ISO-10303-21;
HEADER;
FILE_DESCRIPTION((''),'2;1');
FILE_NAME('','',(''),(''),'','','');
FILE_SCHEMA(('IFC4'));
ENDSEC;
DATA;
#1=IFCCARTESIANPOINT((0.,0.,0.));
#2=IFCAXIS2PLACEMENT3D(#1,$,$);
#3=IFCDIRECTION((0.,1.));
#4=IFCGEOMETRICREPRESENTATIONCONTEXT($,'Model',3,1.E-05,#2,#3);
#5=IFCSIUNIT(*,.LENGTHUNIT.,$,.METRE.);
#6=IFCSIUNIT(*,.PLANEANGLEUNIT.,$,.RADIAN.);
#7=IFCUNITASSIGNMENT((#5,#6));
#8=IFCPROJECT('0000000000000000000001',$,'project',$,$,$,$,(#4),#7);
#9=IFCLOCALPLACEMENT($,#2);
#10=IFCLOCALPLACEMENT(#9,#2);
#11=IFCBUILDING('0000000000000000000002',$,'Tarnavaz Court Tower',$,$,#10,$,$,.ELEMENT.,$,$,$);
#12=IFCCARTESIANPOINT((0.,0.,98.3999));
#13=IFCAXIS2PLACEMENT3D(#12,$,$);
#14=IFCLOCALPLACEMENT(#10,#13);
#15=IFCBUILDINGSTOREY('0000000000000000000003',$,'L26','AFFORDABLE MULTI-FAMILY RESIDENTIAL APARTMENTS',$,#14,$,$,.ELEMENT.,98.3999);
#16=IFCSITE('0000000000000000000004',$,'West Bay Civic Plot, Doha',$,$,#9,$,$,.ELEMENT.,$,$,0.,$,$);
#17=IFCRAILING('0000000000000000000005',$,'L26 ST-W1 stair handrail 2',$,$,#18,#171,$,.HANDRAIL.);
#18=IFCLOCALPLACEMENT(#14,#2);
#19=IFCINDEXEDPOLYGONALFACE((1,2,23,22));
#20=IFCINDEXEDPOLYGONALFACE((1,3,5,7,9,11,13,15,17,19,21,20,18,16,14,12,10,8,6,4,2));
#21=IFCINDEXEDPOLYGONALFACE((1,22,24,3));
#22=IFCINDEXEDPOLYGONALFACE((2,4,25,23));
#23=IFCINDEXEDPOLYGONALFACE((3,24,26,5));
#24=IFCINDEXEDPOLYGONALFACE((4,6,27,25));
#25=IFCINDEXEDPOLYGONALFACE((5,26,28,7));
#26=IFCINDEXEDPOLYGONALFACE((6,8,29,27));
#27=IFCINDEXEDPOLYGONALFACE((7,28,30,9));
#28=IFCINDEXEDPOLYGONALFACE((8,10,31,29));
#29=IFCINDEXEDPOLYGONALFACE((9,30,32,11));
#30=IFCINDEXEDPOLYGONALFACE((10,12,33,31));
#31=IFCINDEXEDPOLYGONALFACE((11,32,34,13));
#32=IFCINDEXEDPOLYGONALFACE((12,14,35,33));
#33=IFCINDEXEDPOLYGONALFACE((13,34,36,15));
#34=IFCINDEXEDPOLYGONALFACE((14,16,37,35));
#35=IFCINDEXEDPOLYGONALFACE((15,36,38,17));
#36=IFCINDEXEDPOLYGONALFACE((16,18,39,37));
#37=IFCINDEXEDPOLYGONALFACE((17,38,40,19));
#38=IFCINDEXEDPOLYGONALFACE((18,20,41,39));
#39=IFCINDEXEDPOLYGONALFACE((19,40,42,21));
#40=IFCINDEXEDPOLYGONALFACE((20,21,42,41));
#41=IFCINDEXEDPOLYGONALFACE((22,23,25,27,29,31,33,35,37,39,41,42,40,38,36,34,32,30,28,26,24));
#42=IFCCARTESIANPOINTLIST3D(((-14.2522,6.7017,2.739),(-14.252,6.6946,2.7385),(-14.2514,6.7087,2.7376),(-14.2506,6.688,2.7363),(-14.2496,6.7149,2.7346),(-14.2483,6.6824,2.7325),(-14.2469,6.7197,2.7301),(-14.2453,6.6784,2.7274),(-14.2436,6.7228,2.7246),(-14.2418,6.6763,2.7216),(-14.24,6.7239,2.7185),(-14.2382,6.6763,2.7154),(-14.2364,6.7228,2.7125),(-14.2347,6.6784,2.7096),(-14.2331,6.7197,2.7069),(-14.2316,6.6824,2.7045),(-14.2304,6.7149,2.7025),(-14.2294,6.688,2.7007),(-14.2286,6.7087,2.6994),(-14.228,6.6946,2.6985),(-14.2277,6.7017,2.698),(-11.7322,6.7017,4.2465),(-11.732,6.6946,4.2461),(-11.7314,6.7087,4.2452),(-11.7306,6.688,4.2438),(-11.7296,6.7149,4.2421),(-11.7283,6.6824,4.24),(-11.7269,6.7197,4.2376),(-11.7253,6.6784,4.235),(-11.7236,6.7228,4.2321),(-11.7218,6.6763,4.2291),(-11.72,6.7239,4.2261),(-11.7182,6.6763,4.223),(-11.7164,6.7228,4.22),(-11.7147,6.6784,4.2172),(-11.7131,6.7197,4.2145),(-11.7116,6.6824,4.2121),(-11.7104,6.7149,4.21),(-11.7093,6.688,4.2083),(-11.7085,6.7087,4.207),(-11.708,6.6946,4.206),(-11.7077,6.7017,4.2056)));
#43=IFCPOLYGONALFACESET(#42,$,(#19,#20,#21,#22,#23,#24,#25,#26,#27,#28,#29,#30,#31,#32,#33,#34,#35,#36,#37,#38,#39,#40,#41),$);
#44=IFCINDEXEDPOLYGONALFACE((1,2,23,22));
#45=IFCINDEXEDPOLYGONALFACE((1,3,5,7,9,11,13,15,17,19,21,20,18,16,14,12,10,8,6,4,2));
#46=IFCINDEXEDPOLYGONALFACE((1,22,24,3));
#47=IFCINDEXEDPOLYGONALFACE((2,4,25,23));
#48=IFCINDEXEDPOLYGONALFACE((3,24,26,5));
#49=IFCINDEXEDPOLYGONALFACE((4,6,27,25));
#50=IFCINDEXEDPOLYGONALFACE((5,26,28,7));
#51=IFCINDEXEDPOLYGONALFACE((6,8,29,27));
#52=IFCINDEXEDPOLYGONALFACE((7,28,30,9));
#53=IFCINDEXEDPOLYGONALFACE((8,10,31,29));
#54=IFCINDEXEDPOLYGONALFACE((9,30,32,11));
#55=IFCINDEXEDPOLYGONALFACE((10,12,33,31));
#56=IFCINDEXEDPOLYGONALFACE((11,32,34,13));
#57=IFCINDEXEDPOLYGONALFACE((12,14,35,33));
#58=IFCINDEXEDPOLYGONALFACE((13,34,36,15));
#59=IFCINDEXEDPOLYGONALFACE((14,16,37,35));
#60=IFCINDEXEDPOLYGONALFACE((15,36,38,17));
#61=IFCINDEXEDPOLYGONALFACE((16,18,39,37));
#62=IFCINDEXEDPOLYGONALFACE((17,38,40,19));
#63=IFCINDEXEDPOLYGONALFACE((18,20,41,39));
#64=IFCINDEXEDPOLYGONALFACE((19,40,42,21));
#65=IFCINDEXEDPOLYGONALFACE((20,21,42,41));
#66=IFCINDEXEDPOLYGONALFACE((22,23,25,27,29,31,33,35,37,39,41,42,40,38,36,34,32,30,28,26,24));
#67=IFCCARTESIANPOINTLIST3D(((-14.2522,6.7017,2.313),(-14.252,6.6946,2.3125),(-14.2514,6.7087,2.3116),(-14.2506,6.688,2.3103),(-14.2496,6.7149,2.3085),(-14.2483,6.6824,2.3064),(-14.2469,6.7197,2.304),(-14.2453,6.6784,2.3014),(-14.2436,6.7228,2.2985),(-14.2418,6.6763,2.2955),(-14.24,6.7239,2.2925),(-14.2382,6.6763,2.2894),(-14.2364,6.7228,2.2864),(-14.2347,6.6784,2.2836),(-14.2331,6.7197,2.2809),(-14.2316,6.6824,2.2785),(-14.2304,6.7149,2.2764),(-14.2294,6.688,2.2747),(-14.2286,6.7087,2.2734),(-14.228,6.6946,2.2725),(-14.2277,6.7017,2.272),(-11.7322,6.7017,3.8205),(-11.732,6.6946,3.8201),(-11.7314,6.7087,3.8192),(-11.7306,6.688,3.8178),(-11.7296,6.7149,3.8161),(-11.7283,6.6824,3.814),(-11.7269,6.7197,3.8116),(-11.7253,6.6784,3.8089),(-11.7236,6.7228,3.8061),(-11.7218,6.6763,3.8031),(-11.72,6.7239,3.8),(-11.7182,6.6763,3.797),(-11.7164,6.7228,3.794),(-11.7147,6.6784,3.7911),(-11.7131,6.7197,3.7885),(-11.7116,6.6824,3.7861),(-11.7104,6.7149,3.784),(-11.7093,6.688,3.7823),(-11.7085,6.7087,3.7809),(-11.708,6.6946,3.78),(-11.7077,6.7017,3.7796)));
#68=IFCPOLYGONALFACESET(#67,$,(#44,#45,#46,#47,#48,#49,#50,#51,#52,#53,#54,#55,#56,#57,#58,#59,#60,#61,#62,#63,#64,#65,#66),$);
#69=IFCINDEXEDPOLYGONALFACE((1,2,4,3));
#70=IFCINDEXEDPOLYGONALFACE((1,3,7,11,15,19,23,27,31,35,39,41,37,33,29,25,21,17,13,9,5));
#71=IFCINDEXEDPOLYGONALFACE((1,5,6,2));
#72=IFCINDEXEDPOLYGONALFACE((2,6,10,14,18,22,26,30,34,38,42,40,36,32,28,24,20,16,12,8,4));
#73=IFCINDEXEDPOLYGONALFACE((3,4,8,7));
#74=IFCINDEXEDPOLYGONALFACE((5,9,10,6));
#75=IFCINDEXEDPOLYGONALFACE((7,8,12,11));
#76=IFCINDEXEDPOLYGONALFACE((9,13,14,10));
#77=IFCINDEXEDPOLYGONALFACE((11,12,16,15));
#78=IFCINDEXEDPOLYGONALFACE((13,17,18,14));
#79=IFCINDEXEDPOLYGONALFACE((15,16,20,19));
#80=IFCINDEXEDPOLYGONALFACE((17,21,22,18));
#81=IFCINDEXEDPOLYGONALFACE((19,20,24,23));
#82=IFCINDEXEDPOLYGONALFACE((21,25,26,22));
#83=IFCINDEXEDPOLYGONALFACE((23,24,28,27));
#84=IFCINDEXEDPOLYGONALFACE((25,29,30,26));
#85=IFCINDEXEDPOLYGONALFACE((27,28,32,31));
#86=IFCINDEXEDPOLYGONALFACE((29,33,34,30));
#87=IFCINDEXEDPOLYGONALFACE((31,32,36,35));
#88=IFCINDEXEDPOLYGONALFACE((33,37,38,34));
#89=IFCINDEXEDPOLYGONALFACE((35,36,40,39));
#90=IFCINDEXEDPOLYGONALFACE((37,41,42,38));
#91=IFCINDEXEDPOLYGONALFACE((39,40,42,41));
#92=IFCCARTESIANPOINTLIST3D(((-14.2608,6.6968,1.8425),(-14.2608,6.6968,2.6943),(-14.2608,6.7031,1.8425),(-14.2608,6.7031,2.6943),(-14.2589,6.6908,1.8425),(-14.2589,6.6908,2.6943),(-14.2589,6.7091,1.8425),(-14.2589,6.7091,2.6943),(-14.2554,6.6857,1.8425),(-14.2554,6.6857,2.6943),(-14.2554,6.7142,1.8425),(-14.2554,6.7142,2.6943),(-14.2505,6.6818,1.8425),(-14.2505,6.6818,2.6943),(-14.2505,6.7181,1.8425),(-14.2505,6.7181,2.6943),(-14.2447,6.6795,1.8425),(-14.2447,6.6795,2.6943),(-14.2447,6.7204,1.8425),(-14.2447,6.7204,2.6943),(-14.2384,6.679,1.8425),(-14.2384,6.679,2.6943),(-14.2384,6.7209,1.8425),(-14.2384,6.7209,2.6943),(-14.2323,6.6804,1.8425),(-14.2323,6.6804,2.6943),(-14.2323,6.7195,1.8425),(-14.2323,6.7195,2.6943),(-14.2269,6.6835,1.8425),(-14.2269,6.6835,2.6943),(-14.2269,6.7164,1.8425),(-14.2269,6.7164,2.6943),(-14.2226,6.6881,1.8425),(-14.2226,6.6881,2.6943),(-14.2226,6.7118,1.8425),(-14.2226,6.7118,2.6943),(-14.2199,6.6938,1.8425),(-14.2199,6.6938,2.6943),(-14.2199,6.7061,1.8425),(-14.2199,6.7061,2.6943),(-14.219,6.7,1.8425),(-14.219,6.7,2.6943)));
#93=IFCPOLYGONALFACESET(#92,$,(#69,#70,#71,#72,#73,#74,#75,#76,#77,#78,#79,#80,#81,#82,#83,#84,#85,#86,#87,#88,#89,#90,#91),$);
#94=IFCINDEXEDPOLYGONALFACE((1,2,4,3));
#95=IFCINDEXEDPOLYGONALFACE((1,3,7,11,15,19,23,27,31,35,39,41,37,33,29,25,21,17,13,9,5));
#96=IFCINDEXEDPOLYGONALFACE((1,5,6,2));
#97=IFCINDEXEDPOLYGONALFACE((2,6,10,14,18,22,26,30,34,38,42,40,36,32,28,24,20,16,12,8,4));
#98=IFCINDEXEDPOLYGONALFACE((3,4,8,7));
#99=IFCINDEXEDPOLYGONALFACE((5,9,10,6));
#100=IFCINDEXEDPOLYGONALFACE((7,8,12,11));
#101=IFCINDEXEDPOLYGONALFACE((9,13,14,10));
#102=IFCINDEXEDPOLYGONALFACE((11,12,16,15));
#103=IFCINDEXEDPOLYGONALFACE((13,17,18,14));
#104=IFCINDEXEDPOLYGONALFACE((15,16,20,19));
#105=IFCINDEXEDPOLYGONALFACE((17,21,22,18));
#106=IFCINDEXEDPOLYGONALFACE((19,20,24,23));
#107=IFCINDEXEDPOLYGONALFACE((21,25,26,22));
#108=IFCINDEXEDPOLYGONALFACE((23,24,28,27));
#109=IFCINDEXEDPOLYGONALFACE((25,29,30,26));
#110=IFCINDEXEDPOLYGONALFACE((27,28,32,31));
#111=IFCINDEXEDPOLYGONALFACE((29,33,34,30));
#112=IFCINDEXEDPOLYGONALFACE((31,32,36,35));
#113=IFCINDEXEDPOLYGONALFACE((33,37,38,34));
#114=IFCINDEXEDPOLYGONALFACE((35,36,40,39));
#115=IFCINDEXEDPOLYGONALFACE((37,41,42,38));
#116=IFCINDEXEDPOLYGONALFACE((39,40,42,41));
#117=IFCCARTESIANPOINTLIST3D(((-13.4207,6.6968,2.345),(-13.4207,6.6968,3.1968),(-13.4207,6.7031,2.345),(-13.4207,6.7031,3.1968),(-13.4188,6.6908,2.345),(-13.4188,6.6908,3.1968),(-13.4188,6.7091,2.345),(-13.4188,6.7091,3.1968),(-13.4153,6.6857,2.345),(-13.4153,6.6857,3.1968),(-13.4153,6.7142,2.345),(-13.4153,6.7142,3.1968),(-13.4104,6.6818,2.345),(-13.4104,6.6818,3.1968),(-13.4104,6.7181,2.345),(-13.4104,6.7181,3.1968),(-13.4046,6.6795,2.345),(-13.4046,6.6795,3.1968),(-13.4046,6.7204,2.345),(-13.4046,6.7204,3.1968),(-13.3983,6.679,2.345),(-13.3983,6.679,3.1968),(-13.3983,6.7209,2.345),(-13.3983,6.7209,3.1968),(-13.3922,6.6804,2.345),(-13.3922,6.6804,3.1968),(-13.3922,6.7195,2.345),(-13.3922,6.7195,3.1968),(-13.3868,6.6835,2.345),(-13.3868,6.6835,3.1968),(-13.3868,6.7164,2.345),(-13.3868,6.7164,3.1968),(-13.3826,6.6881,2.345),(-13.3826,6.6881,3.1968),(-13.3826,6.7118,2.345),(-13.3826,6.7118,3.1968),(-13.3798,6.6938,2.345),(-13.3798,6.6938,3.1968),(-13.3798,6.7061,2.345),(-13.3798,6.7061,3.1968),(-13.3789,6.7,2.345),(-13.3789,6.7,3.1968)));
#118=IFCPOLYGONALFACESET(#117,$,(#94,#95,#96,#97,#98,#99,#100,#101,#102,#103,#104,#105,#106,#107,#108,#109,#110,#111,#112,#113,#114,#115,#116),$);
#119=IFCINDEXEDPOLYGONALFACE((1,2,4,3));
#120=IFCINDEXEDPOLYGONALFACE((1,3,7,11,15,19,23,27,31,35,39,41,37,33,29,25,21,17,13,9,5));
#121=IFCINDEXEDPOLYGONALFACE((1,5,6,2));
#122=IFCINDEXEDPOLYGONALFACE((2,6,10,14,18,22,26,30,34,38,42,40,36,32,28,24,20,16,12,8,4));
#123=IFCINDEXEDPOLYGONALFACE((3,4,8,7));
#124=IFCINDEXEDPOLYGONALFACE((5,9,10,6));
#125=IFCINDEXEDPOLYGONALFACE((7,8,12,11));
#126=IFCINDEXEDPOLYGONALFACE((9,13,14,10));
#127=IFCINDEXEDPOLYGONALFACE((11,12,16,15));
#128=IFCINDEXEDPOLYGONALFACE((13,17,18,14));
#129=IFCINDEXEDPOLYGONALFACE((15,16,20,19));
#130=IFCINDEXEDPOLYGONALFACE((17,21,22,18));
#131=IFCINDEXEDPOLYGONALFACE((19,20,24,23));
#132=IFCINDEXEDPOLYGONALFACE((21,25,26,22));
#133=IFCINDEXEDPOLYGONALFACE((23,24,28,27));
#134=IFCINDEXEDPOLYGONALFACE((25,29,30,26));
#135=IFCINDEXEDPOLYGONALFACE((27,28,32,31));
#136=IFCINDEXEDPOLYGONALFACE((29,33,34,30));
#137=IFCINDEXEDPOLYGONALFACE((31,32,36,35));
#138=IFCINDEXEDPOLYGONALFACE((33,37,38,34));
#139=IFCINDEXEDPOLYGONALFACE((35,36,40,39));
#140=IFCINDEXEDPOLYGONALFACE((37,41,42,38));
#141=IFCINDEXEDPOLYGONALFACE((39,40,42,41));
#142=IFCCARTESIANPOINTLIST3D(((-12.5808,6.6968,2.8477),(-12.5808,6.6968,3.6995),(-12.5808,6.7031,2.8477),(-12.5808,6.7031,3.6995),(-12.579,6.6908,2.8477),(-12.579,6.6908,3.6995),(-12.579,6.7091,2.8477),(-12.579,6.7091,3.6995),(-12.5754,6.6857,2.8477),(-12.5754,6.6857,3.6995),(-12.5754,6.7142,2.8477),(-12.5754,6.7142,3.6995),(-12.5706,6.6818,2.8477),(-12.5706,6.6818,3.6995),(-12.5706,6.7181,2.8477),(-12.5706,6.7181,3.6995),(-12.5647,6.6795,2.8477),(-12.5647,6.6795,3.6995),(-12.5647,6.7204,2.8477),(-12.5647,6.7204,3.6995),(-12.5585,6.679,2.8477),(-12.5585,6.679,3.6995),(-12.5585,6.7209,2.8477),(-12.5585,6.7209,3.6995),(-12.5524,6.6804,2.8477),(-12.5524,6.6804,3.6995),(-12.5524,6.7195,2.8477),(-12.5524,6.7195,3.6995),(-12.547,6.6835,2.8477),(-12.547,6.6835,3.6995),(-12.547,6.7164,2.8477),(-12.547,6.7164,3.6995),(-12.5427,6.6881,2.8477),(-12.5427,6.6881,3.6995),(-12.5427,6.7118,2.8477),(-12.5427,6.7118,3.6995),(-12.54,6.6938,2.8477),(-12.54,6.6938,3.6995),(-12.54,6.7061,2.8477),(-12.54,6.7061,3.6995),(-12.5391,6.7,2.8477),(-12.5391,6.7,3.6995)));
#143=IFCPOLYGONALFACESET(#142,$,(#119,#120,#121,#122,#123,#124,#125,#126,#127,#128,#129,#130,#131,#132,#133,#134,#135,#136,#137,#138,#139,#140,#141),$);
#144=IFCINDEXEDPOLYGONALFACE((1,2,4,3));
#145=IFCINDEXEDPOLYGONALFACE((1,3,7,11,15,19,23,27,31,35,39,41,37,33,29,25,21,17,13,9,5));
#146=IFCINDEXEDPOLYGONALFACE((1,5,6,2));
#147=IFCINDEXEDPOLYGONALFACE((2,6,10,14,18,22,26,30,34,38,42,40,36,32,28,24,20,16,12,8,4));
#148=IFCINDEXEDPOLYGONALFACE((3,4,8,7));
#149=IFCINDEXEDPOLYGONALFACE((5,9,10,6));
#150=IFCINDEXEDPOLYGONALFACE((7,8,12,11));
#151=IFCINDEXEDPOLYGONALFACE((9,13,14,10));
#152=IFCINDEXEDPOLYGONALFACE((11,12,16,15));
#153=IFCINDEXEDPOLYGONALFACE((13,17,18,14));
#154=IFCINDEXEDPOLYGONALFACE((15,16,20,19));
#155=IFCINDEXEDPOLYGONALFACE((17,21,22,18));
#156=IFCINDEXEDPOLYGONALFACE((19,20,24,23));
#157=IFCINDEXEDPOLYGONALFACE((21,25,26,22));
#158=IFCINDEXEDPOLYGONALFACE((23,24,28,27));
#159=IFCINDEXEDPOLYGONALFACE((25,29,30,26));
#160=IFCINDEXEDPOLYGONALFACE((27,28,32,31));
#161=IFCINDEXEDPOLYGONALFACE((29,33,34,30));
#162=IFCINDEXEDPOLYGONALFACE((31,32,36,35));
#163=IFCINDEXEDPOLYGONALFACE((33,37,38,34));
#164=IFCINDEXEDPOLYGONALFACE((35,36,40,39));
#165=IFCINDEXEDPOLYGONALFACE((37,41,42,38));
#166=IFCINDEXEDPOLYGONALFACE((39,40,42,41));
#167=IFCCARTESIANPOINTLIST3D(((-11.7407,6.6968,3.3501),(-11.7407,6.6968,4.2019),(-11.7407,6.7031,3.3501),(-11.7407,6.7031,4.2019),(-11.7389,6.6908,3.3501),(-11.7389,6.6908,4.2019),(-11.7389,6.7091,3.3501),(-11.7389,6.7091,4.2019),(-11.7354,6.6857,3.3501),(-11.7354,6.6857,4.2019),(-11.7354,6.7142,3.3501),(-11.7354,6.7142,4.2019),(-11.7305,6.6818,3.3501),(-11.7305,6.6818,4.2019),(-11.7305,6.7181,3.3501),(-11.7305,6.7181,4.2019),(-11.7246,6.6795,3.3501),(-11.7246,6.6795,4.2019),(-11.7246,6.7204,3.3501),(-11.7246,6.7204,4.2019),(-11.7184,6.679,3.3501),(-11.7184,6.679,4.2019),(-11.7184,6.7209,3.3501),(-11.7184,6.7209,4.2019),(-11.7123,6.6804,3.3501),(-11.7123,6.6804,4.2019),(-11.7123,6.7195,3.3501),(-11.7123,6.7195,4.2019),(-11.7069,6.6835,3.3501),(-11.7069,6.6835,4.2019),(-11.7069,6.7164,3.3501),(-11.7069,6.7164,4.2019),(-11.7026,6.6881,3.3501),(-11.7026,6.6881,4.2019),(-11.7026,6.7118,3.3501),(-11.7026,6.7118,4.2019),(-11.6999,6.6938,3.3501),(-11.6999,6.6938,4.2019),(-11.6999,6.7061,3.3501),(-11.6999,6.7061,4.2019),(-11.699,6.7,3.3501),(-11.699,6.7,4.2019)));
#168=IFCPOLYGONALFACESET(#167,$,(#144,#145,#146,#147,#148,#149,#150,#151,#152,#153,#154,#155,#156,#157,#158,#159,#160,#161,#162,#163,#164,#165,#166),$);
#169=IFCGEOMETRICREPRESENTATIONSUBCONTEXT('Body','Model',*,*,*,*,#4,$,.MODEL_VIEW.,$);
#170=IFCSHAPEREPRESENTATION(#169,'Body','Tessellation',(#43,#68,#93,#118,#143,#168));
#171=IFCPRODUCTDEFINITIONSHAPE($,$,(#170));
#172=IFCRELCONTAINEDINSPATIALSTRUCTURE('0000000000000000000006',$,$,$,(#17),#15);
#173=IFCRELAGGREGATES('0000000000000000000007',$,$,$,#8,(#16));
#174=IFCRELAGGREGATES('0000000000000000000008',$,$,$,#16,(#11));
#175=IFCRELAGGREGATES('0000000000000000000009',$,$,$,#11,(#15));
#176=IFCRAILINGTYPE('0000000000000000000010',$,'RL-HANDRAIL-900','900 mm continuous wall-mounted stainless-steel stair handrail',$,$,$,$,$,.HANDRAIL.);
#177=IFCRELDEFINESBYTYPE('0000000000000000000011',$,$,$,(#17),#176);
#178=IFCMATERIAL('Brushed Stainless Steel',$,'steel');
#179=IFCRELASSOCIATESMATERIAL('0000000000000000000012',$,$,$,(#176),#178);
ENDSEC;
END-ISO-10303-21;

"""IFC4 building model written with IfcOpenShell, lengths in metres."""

from ifc_helpers import new_model, si_unit, direction, frame, origin, origin_2d, place, context, subcontext, project, spatial, circle, extrude, material, type_object, element, save


model = new_model("IFC4")

# Units and contexts
model_context = context("Model", 3, precision=1e-05, world=origin(), true_north=direction((0.0, 1.0)))
body_context = subcontext(model_context, "Body", "Model", "MODEL_VIEW")
ifc_project = project(units=[si_unit("LENGTHUNIT", "METRE"), si_unit("PLANEANGLEUNIT", "RADIAN")], contexts=[model_context])

# Site, building, storey
site_placement = place(None, origin())
site = spatial("IfcSite", under=ifc_project, at=site_placement, Name="West Bay Civic Plot, Doha", CompositionType="ELEMENT", RefElevation=0.0)
building_placement = place(site_placement, origin())
building = spatial("IfcBuilding", under=site, at=building_placement, Name="Tarnavaz Court Tower", CompositionType="ELEMENT")
storey_placement = place(building_placement, frame((0.0, 0.0, 98.3999)))
storey = spatial("IfcBuildingStorey", under=building, at=storey_placement, Name="L26", Description="AFFORDABLE MULTI-FAMILY RESIDENTIAL APARTMENTS", CompositionType="ELEMENT", Elevation=98.3999)

# Railing
ifc_material_1 = material(Name="Brushed Stainless Steel", Category="steel")
railing_type_1 = type_object("IfcRailingType", Name="RL-HANDRAIL-900", Description="900 mm continuous wall-mounted stainless-steel stair handrail", PredefinedType="HANDRAIL", material=ifc_material_1)
railing_1_placement = place(storey_placement, frame((-14.24, 6.7, 1.8425)))
element("IfcRailing", 1, at=railing_1_placement, inside=storey, type_object=railing_type_1, Name="L26 ST-W1 stair handrail 2", PredefinedType="HANDRAIL", context=body_context, shape_type="SweptSolid", body=[
    extrude(circle(Radius=0.0239, at=origin_2d()), frame((0.0, 0.0, 0.876), z_axis=(0.85816, 0.0, 0.513383), x_axis=(0.0, 1.0, 0.0)), (0.0, 0.0, 1.0), 2.9365),
    extrude(circle(Radius=0.0239, at=origin_2d()), frame((0.0, 0.0, 0.45), z_axis=(0.85816, 0.0, 0.513383), x_axis=(0.0, 1.0, 0.0)), (0.0, 0.0, 1.0), 2.9365),
    extrude(circle(Radius=0.021, at=origin_2d()), origin(), (0.0, 0.0, 1.0), 0.8518),
    extrude(circle(Radius=0.021, at=origin_2d()), frame((0.8401, 0.0, 0.5024)), (0.0, 0.0, 1.0), 0.8518),
    extrude(circle(Radius=0.021, at=origin_2d()), frame((1.6799, 0.0, 1.0051)), (0.0, 0.0, 1.0), 0.8518),
    extrude(circle(Radius=0.021, at=origin_2d()), frame((2.52, 0.0, 1.5076)), (0.0, 0.0, 1.0), 0.8518),
])

save(model, "model.ifc")
